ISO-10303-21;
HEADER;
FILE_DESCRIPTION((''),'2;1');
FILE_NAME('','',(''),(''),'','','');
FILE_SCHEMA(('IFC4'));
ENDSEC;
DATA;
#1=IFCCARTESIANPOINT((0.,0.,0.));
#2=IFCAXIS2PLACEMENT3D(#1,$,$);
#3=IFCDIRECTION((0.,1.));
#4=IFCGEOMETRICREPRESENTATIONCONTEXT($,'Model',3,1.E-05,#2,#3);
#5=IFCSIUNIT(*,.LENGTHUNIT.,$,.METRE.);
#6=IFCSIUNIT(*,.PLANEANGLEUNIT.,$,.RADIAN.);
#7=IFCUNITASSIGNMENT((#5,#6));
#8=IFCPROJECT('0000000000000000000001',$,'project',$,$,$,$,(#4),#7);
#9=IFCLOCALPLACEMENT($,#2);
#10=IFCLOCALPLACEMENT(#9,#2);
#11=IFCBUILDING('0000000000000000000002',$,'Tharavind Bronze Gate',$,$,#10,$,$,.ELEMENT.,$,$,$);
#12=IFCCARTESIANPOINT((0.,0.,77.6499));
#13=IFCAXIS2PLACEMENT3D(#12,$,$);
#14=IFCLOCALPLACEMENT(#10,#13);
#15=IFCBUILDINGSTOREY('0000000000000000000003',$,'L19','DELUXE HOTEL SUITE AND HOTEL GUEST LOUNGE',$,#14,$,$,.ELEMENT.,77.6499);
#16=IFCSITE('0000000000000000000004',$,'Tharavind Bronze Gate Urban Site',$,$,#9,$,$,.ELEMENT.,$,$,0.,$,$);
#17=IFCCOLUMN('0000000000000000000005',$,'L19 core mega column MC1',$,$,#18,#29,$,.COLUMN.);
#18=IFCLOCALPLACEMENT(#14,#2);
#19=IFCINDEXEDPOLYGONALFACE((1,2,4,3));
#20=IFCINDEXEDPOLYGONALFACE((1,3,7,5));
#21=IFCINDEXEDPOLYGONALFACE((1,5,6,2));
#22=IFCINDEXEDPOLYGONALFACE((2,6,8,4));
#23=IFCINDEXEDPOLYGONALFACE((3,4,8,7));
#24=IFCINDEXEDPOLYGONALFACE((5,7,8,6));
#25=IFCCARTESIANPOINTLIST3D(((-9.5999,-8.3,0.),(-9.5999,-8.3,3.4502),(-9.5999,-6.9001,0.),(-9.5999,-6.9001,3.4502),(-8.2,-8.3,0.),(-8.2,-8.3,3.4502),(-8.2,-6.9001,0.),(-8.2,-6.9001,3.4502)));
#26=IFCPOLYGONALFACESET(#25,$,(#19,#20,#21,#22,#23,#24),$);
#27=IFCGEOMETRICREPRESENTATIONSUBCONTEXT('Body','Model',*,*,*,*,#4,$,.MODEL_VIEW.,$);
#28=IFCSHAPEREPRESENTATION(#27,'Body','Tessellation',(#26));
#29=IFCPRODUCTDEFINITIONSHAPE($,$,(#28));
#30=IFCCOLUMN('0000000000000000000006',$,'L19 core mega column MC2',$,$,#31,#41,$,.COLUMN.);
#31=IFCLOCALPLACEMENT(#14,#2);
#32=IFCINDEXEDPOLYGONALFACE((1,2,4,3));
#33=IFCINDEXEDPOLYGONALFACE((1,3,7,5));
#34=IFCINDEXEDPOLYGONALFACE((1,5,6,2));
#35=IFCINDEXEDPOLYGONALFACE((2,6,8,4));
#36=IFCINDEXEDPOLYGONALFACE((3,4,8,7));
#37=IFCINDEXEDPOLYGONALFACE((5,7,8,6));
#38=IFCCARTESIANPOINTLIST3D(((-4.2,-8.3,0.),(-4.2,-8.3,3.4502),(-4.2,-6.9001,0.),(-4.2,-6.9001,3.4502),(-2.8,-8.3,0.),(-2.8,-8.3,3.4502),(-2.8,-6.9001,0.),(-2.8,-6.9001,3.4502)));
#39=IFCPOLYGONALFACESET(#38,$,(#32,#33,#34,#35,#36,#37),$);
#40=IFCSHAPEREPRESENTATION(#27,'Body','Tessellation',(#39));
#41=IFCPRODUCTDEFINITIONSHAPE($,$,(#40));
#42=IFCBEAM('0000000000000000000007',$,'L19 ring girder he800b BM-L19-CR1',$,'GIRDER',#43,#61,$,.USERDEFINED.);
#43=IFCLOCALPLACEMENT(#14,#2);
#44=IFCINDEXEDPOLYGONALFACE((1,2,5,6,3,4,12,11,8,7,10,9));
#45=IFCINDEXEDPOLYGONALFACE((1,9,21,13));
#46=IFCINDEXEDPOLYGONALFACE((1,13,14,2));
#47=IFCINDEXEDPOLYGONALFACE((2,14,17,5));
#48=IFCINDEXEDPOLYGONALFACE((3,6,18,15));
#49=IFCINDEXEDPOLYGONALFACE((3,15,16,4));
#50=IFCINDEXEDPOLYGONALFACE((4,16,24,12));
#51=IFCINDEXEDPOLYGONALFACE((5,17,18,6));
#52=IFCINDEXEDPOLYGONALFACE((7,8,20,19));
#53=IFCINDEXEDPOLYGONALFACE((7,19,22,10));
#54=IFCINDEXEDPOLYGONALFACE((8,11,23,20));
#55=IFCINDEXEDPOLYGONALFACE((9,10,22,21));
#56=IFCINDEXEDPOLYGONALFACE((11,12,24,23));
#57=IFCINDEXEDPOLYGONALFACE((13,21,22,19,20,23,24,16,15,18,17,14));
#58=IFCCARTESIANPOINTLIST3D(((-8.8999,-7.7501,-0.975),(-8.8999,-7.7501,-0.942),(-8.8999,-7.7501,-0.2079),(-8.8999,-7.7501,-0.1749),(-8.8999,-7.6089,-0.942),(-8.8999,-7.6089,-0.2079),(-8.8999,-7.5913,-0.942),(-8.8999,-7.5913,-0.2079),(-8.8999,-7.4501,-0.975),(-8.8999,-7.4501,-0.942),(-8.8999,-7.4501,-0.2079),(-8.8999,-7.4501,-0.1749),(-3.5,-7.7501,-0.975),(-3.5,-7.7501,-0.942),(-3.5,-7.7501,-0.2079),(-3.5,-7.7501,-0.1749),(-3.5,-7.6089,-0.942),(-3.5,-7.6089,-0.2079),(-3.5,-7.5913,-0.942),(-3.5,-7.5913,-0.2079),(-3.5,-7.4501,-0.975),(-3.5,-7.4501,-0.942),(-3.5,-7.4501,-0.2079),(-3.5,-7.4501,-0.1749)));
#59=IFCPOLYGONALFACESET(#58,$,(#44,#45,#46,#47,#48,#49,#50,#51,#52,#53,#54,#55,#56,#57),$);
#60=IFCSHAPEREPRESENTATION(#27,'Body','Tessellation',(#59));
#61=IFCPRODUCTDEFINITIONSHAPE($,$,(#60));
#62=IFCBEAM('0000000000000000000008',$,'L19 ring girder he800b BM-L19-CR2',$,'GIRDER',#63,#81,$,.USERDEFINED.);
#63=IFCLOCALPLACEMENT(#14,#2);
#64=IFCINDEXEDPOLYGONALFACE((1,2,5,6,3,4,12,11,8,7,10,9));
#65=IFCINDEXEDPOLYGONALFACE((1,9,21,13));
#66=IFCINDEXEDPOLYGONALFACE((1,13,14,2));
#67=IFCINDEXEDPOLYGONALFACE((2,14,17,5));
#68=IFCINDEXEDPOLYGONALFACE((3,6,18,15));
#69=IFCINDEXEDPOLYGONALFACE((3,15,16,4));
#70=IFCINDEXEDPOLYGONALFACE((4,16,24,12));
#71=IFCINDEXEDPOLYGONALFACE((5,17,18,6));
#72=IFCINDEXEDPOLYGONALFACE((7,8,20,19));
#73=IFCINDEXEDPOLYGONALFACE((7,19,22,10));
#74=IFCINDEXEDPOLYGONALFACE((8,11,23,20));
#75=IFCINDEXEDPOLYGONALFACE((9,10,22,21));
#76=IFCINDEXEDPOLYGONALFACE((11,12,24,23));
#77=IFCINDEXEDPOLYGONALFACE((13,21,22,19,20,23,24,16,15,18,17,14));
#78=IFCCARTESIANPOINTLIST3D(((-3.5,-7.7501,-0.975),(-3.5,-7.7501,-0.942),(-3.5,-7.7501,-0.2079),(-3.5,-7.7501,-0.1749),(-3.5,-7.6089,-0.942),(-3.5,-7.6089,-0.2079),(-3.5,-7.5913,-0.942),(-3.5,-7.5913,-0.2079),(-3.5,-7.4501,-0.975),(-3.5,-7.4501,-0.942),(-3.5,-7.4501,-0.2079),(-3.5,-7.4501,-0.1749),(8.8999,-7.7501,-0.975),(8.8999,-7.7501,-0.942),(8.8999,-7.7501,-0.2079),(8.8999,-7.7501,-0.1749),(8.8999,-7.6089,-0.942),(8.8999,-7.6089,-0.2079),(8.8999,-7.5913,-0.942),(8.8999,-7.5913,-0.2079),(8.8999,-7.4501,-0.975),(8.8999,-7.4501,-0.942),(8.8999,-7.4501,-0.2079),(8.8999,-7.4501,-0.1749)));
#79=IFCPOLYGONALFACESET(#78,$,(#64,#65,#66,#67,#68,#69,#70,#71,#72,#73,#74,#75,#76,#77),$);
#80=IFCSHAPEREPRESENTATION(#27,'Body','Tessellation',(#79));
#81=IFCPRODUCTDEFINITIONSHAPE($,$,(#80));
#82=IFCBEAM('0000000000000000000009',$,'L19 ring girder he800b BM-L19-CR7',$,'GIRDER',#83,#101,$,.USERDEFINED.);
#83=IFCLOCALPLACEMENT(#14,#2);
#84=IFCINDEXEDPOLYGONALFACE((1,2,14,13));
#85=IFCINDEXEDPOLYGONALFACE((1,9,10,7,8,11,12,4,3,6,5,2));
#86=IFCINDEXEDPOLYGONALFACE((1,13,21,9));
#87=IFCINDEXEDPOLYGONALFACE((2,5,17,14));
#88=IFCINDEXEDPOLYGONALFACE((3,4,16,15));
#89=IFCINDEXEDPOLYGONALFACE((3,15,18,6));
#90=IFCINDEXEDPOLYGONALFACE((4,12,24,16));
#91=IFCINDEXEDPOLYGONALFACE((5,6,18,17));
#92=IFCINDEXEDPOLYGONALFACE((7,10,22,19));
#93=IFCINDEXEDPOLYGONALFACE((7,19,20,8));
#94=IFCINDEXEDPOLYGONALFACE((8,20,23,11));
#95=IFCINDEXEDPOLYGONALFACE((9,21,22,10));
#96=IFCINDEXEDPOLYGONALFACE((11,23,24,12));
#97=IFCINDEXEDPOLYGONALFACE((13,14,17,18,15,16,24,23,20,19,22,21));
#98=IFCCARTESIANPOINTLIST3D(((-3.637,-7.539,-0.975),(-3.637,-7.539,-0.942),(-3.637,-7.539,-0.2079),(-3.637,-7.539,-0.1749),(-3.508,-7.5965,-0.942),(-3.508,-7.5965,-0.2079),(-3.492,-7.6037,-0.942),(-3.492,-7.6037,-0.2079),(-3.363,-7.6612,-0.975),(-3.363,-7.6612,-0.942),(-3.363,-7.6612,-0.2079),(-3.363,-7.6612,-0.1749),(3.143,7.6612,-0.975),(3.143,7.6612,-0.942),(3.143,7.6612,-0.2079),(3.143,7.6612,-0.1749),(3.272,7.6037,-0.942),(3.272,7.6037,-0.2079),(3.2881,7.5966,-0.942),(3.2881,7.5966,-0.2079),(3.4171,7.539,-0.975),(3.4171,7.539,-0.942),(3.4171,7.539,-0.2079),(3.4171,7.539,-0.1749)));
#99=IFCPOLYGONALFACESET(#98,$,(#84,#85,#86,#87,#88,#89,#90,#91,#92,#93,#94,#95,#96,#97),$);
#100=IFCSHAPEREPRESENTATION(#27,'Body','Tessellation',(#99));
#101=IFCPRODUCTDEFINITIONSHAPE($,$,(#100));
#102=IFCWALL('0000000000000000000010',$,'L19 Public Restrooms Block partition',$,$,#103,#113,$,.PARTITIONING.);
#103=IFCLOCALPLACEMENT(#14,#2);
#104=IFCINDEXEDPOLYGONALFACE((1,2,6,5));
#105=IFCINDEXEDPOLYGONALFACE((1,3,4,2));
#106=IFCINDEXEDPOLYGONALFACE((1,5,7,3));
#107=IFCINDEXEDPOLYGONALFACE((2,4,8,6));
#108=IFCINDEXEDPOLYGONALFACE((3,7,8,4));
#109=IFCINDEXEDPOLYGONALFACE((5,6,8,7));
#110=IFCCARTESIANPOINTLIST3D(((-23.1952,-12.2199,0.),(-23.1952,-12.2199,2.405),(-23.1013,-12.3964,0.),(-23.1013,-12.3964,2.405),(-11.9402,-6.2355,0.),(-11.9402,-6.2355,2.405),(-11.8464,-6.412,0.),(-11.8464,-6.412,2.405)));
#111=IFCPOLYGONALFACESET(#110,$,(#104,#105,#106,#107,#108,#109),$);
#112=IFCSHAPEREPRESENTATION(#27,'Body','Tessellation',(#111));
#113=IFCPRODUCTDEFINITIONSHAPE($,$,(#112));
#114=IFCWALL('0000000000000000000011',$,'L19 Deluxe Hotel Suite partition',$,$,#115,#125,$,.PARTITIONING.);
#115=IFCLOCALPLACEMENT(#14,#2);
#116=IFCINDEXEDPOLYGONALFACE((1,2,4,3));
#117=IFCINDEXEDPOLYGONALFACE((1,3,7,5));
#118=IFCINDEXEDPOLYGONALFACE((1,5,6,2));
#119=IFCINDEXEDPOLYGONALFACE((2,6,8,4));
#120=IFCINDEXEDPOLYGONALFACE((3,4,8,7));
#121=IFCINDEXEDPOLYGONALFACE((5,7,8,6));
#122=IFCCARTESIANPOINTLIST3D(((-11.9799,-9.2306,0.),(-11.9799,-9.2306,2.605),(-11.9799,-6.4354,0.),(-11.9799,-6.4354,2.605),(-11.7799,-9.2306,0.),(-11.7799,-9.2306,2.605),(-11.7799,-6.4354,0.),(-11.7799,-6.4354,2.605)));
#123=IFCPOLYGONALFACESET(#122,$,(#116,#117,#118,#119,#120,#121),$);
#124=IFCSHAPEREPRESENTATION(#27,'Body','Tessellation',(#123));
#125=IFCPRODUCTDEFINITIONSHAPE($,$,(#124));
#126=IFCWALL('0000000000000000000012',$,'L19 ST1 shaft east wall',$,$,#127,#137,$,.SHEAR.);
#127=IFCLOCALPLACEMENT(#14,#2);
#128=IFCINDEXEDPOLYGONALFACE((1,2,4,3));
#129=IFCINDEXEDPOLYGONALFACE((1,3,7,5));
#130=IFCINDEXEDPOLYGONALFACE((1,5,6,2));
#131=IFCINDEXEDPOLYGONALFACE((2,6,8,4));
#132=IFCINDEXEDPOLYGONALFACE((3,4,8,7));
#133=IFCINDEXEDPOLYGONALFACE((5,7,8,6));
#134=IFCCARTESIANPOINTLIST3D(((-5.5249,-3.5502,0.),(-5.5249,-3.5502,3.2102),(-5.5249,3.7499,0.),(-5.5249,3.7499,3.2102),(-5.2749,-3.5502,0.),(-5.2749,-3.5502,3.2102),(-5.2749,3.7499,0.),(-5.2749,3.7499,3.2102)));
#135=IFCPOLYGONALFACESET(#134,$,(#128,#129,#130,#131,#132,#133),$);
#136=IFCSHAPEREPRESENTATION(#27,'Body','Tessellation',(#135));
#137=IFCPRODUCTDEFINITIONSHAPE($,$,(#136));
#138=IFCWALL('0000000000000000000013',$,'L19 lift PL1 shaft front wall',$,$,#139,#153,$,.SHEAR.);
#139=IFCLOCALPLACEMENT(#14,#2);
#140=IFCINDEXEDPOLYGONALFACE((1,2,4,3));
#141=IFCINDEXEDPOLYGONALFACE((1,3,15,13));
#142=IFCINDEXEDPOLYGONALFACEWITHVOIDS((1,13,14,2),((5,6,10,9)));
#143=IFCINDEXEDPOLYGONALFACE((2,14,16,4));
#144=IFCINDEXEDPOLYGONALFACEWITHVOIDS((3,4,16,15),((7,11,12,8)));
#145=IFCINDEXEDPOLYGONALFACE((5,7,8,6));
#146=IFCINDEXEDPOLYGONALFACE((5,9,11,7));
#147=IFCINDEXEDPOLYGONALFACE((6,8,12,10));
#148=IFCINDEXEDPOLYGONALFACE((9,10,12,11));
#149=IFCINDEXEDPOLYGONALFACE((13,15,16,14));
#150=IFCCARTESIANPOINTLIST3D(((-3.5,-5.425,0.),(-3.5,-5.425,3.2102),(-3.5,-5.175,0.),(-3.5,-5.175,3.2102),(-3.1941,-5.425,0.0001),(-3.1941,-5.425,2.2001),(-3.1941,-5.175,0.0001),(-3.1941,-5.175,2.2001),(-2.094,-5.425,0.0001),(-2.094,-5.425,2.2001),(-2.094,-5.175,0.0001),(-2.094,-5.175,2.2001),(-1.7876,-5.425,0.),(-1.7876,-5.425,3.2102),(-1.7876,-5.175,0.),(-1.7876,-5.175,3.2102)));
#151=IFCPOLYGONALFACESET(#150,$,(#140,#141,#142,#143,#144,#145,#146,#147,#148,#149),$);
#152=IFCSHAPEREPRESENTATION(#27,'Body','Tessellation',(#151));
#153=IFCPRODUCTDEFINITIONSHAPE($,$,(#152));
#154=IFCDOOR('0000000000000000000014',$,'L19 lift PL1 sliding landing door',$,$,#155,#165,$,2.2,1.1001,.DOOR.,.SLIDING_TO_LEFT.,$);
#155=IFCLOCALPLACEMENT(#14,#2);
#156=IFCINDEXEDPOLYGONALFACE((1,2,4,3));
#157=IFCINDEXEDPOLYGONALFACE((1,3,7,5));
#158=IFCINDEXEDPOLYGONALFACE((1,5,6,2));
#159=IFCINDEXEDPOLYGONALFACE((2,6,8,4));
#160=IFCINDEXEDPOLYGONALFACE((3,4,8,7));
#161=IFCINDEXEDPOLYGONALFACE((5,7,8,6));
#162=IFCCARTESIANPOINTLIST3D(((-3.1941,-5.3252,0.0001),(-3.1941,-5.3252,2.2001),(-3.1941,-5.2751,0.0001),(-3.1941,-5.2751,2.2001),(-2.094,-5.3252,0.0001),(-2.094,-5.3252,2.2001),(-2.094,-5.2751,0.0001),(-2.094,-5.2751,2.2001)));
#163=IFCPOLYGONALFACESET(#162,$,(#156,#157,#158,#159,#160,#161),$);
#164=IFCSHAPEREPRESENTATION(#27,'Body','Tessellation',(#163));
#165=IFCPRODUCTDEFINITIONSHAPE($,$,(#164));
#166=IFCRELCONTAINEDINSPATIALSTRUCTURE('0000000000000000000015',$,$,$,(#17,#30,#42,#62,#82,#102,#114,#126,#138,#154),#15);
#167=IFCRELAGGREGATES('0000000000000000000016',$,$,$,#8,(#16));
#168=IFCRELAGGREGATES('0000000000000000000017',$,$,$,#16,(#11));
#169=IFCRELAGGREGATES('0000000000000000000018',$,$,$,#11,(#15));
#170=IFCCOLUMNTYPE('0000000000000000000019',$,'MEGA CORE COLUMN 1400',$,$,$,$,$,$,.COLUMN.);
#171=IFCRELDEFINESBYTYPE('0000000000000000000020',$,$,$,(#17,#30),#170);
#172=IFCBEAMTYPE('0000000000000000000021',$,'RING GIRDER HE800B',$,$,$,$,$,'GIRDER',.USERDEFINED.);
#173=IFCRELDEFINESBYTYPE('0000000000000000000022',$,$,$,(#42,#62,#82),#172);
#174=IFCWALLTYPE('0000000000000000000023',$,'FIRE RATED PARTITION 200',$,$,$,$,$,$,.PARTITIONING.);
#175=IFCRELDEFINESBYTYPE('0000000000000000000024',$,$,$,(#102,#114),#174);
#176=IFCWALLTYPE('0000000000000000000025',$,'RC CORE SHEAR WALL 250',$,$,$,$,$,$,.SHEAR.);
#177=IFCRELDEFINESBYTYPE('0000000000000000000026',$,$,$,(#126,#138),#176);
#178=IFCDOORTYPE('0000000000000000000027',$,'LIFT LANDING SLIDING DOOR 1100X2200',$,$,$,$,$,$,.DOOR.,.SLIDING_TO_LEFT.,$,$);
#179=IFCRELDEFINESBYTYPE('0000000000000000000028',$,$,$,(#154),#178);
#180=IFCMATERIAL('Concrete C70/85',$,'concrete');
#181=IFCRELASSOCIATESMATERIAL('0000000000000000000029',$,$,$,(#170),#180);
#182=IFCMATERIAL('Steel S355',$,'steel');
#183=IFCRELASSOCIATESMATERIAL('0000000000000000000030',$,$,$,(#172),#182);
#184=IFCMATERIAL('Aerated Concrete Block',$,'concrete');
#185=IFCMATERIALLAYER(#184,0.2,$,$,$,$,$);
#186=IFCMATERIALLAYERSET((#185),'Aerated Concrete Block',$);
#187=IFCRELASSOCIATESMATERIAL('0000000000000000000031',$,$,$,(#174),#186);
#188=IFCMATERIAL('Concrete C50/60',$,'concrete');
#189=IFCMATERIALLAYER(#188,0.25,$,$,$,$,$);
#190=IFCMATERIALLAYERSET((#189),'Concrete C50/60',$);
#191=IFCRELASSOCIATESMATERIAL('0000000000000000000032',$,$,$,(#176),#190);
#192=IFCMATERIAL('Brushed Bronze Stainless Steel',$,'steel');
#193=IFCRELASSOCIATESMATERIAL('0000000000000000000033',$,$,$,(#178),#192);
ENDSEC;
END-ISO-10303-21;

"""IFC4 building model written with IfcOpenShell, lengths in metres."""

from ifc_helpers import new_model, si_unit, direction, frame, frame_2d, origin, origin_2d, place, context, subcontext, project, spatial, rectangle, i_section, extrude, material, layer, layer_set, material_profile, profile_set, type_object, element, fill, save


model = new_model("IFC4")

# Units and contexts
model_context = context("Model", 3, precision=1e-05, world=origin(), true_north=direction((0.0, 1.0)))
body_context = subcontext(model_context, "Body", "Model", "MODEL_VIEW")
ifc_project = project(units=[si_unit("LENGTHUNIT", "METRE"), si_unit("PLANEANGLEUNIT", "RADIAN")], contexts=[model_context])

# Site, building, storey
site_placement = place(None, origin())
site = spatial("IfcSite", under=ifc_project, at=site_placement, Name="Tharavind Bronze Gate Urban Site", CompositionType="ELEMENT", RefElevation=0.0)
building_placement = place(site_placement, origin())
building = spatial("IfcBuilding", under=site, at=building_placement, Name="Tharavind Bronze Gate", CompositionType="ELEMENT")
storey_placement = place(building_placement, frame((0.0, 0.0, 77.6499)))
storey = spatial("IfcBuildingStorey", under=building, at=storey_placement, Name="L19", Description="DELUXE HOTEL SUITE AND HOTEL GUEST LOUNGE", CompositionType="ELEMENT", Elevation=77.6499)

# Columns
ifc_material_1 = material(Name="Concrete C70/85", Category="concrete")
ifc_material_profile_1 = material_profile(ifc_material_1, rectangle(XDim=1.3999, YDim=1.3999, at=origin_2d()), Name="RCCOL1400")
ifc_profile_set_1 = profile_set([ifc_material_profile_1], Name="Concrete C70/85")
column_type = type_object("IfcColumnType", Name="MEGA CORE COLUMN 1400", PredefinedType="COLUMN", material=ifc_profile_set_1)
for number, where, z_axis, x_axis, name in (
    (1, (-8.8999, -7.6001, 0.0), (0.0, 0.0, 1.0), (1.0, 0.0, 0.0), "L19 core mega column MC1"),
    (2, (-3.5, -7.6001, 0.0), (0.0, 0.0, 1.0), (1.0, 0.0, 0.0), "L19 core mega column MC2"),
):
    element("IfcColumn", number, at=place(storey_placement, frame(where, z_axis=z_axis, x_axis=x_axis)), inside=storey, type_object=column_type, Name=name, PredefinedType="COLUMN", context=body_context, shape_type="SweptSolid", body=[
        extrude(rectangle(XDim=1.3999, YDim=1.3999, at=origin_2d()), origin(), (0.0, 0.0, 1.0), 3.4502),
    ])

# Beams
ifc_material_2 = material(Name="Steel S355", Category="steel")
ifc_material_profile_2 = material_profile(ifc_material_2, i_section(OverallWidth=0.3, OverallDepth=0.8, WebThickness=0.0176, FlangeThickness=0.033, at=origin_2d()), Name="HE800B")
ifc_profile_set_2 = profile_set([ifc_material_profile_2], Name="Steel S355")
beam_type = type_object("IfcBeamType", Name="RING GIRDER HE800B", ElementType="GIRDER", PredefinedType="USERDEFINED", material=ifc_profile_set_2)
beam_1_placement = place(storey_placement, frame((-8.8999, -7.6001, -0.575), z_axis=(1.0, 0.0, 0.0), x_axis=(0.0, 1.0, 0.0)))
element("IfcBeam", 3, at=beam_1_placement, inside=storey, type_object=beam_type, Name="L19 ring girder he800b BM-L19-CR1", ObjectType="GIRDER", PredefinedType="USERDEFINED", context=body_context, shape_type="SweptSolid", body=[
    extrude(i_section(OverallWidth=0.3, OverallDepth=0.8, WebThickness=0.0176, FlangeThickness=0.033, at=origin_2d()), origin(), (0.0, 0.0, 1.0), 5.3999),
])
beam_2_placement = place(storey_placement, frame((-3.5, -7.6001, -0.575), z_axis=(1.0, 0.0, 0.0), x_axis=(0.0, 1.0, 0.0)))
element("IfcBeam", 4, at=beam_2_placement, inside=storey, type_object=beam_type, Name="L19 ring girder he800b BM-L19-CR2", ObjectType="GIRDER", PredefinedType="USERDEFINED", context=body_context, shape_type="SweptSolid", body=[
    extrude(i_section(OverallWidth=0.3, OverallDepth=0.8, WebThickness=0.0176, FlangeThickness=0.033, at=origin_2d()), origin(), (0.0, 0.0, 1.0), 12.3999),
])
beam_3_placement = place(storey_placement, frame((-3.5, -7.6001, -0.575), z_axis=(0.407362, 0.913267, 0.0), x_axis=(-0.913267, 0.407362, 0.0)))
element("IfcBeam", 5, at=beam_3_placement, inside=storey, type_object=beam_type, Name="L19 ring girder he800b BM-L19-CR7", ObjectType="GIRDER", PredefinedType="USERDEFINED", context=body_context, shape_type="SweptSolid", body=[
    extrude(i_section(OverallWidth=0.3, OverallDepth=0.8, WebThickness=0.0176, FlangeThickness=0.033, at=origin_2d()), origin(), (0.0, 0.0, 1.0), 16.6438),
])

# Walls
ifc_material_3 = material(Name="Aerated Concrete Block", Category="concrete")
ifc_layer_1 = layer(ifc_material_3, 0.2)
ifc_layer_set_1 = layer_set([ifc_layer_1], Name="Aerated Concrete Block")
wall_type_1 = type_object("IfcWallType", Name="FIRE RATED PARTITION 200", PredefinedType="PARTITIONING", material=ifc_layer_set_1)
wall_1_placement = place(storey_placement, frame((-11.8933, -6.3237, 0.0), z_axis=(0.0, 0.0, 1.0), x_axis=(-0.882946, -0.469474, 0.0)))
element("IfcWall", 6, at=wall_1_placement, inside=storey, type_object=wall_type_1, Name="L19 Public Restrooms Block partition", PredefinedType="PARTITIONING", context=body_context, shape_type="SweptSolid", body=[
    extrude(rectangle(XDim=12.7471, YDim=0.2, at=frame_2d((6.3735, 0.0))), origin(), (0.0, 0.0, 1.0), 2.405),
])
wall_2_placement = place(storey_placement, frame((-11.8799, -6.4355, 0.0), z_axis=(0.0, 0.0, 1.0), x_axis=(0.0, -1.0, 0.0)))
element("IfcWall", 7, at=wall_2_placement, inside=storey, type_object=wall_type_1, Name="L19 Deluxe Hotel Suite partition", PredefinedType="PARTITIONING", context=body_context, shape_type="SweptSolid", body=[
    extrude(rectangle(XDim=2.7952, YDim=0.2, at=frame_2d((1.3975, 0.0))), origin(), (0.0, 0.0, 1.0), 2.605),
])
ifc_material_4 = material(Name="Concrete C50/60", Category="concrete")
ifc_layer_2 = layer(ifc_material_4, 0.25)
ifc_layer_set_2 = layer_set([ifc_layer_2], Name="Concrete C50/60")
wall_type_2 = type_object("IfcWallType", Name="RC CORE SHEAR WALL 250", PredefinedType="SHEAR", material=ifc_layer_set_2)
wall_3_placement = place(storey_placement, frame((-5.3999, -3.55, 0.0), z_axis=(0.0, 0.0, 1.0), x_axis=(0.0, 1.0, 0.0)))
element("IfcWall", 8, at=wall_3_placement, inside=storey, type_object=wall_type_2, Name="L19 ST1 shaft east wall", PredefinedType="SHEAR", context=body_context, shape_type="SweptSolid", body=[
    extrude(rectangle(XDim=7.3, YDim=0.25, at=frame_2d((3.6499, 0.0))), origin(), (0.0, 0.0, 1.0), 3.2102),
])

# Wall, opening, door
wall_4_placement = place(storey_placement, frame((-3.5, -5.3, 0.0), z_axis=(0.0, 0.0, 1.0), x_axis=(1.0, 0.0, 0.0)))
wall_4 = element("IfcWall", 9, at=wall_4_placement, inside=storey, type_object=wall_type_2, Name="L19 lift PL1 shaft front wall", PredefinedType="SHEAR", context=body_context, shape_type="SweptSolid", body=[
    extrude(rectangle(XDim=1.7124, YDim=0.25, at=frame_2d((0.8562, 0.0))), origin(), (0.0, 0.0, 1.0), 3.2102),
])
opening_1_placement = place(wall_4_placement, frame((0.3059, 0.0, 0.0)))
opening_1 = element("IfcOpeningElement", 10, at=opening_1_placement, cuts=wall_4, PredefinedType="OPENING", context=body_context, shape_type="SweptSolid", body=[
    extrude(rectangle(XDim=1.1001, YDim=2.2, at=frame_2d((0.55, 1.1001))), frame((0.0, 0.135, 0.0), z_axis=(0.0, -1.0, 0.0), x_axis=(1.0, 0.0, 0.0)), (0.0, 0.0, 1.0), 0.27),
])
ifc_material_5 = material(Name="Brushed Bronze Stainless Steel", Category="steel")
door_type_1 = type_object("IfcDoorType", Name="LIFT LANDING SLIDING DOOR 1100X2200", OperationType="SLIDING_TO_LEFT", PredefinedType="DOOR", material=ifc_material_5)
door_1_placement = place(opening_1_placement, origin())
door_1 = element("IfcDoor", 11, at=door_1_placement, inside=storey, type_object=door_type_1, Name="L19 lift PL1 sliding landing door", OperationType="SLIDING_TO_LEFT", OverallHeight=2.2, OverallWidth=1.1001, PredefinedType="DOOR", context=body_context, shape_type="SweptSolid", body=[
    extrude(rectangle(XDim=1.1001, YDim=2.2, at=frame_2d((0.55, 1.1001))), frame((0.0, 0.0249, 0.0), z_axis=(0.0, -1.0, 0.0), x_axis=(1.0, 0.0, 0.0)), (0.0, 0.0, 1.0), 0.05),
])
fill(opening_1, door_1)

save(model, "model.ifc")
